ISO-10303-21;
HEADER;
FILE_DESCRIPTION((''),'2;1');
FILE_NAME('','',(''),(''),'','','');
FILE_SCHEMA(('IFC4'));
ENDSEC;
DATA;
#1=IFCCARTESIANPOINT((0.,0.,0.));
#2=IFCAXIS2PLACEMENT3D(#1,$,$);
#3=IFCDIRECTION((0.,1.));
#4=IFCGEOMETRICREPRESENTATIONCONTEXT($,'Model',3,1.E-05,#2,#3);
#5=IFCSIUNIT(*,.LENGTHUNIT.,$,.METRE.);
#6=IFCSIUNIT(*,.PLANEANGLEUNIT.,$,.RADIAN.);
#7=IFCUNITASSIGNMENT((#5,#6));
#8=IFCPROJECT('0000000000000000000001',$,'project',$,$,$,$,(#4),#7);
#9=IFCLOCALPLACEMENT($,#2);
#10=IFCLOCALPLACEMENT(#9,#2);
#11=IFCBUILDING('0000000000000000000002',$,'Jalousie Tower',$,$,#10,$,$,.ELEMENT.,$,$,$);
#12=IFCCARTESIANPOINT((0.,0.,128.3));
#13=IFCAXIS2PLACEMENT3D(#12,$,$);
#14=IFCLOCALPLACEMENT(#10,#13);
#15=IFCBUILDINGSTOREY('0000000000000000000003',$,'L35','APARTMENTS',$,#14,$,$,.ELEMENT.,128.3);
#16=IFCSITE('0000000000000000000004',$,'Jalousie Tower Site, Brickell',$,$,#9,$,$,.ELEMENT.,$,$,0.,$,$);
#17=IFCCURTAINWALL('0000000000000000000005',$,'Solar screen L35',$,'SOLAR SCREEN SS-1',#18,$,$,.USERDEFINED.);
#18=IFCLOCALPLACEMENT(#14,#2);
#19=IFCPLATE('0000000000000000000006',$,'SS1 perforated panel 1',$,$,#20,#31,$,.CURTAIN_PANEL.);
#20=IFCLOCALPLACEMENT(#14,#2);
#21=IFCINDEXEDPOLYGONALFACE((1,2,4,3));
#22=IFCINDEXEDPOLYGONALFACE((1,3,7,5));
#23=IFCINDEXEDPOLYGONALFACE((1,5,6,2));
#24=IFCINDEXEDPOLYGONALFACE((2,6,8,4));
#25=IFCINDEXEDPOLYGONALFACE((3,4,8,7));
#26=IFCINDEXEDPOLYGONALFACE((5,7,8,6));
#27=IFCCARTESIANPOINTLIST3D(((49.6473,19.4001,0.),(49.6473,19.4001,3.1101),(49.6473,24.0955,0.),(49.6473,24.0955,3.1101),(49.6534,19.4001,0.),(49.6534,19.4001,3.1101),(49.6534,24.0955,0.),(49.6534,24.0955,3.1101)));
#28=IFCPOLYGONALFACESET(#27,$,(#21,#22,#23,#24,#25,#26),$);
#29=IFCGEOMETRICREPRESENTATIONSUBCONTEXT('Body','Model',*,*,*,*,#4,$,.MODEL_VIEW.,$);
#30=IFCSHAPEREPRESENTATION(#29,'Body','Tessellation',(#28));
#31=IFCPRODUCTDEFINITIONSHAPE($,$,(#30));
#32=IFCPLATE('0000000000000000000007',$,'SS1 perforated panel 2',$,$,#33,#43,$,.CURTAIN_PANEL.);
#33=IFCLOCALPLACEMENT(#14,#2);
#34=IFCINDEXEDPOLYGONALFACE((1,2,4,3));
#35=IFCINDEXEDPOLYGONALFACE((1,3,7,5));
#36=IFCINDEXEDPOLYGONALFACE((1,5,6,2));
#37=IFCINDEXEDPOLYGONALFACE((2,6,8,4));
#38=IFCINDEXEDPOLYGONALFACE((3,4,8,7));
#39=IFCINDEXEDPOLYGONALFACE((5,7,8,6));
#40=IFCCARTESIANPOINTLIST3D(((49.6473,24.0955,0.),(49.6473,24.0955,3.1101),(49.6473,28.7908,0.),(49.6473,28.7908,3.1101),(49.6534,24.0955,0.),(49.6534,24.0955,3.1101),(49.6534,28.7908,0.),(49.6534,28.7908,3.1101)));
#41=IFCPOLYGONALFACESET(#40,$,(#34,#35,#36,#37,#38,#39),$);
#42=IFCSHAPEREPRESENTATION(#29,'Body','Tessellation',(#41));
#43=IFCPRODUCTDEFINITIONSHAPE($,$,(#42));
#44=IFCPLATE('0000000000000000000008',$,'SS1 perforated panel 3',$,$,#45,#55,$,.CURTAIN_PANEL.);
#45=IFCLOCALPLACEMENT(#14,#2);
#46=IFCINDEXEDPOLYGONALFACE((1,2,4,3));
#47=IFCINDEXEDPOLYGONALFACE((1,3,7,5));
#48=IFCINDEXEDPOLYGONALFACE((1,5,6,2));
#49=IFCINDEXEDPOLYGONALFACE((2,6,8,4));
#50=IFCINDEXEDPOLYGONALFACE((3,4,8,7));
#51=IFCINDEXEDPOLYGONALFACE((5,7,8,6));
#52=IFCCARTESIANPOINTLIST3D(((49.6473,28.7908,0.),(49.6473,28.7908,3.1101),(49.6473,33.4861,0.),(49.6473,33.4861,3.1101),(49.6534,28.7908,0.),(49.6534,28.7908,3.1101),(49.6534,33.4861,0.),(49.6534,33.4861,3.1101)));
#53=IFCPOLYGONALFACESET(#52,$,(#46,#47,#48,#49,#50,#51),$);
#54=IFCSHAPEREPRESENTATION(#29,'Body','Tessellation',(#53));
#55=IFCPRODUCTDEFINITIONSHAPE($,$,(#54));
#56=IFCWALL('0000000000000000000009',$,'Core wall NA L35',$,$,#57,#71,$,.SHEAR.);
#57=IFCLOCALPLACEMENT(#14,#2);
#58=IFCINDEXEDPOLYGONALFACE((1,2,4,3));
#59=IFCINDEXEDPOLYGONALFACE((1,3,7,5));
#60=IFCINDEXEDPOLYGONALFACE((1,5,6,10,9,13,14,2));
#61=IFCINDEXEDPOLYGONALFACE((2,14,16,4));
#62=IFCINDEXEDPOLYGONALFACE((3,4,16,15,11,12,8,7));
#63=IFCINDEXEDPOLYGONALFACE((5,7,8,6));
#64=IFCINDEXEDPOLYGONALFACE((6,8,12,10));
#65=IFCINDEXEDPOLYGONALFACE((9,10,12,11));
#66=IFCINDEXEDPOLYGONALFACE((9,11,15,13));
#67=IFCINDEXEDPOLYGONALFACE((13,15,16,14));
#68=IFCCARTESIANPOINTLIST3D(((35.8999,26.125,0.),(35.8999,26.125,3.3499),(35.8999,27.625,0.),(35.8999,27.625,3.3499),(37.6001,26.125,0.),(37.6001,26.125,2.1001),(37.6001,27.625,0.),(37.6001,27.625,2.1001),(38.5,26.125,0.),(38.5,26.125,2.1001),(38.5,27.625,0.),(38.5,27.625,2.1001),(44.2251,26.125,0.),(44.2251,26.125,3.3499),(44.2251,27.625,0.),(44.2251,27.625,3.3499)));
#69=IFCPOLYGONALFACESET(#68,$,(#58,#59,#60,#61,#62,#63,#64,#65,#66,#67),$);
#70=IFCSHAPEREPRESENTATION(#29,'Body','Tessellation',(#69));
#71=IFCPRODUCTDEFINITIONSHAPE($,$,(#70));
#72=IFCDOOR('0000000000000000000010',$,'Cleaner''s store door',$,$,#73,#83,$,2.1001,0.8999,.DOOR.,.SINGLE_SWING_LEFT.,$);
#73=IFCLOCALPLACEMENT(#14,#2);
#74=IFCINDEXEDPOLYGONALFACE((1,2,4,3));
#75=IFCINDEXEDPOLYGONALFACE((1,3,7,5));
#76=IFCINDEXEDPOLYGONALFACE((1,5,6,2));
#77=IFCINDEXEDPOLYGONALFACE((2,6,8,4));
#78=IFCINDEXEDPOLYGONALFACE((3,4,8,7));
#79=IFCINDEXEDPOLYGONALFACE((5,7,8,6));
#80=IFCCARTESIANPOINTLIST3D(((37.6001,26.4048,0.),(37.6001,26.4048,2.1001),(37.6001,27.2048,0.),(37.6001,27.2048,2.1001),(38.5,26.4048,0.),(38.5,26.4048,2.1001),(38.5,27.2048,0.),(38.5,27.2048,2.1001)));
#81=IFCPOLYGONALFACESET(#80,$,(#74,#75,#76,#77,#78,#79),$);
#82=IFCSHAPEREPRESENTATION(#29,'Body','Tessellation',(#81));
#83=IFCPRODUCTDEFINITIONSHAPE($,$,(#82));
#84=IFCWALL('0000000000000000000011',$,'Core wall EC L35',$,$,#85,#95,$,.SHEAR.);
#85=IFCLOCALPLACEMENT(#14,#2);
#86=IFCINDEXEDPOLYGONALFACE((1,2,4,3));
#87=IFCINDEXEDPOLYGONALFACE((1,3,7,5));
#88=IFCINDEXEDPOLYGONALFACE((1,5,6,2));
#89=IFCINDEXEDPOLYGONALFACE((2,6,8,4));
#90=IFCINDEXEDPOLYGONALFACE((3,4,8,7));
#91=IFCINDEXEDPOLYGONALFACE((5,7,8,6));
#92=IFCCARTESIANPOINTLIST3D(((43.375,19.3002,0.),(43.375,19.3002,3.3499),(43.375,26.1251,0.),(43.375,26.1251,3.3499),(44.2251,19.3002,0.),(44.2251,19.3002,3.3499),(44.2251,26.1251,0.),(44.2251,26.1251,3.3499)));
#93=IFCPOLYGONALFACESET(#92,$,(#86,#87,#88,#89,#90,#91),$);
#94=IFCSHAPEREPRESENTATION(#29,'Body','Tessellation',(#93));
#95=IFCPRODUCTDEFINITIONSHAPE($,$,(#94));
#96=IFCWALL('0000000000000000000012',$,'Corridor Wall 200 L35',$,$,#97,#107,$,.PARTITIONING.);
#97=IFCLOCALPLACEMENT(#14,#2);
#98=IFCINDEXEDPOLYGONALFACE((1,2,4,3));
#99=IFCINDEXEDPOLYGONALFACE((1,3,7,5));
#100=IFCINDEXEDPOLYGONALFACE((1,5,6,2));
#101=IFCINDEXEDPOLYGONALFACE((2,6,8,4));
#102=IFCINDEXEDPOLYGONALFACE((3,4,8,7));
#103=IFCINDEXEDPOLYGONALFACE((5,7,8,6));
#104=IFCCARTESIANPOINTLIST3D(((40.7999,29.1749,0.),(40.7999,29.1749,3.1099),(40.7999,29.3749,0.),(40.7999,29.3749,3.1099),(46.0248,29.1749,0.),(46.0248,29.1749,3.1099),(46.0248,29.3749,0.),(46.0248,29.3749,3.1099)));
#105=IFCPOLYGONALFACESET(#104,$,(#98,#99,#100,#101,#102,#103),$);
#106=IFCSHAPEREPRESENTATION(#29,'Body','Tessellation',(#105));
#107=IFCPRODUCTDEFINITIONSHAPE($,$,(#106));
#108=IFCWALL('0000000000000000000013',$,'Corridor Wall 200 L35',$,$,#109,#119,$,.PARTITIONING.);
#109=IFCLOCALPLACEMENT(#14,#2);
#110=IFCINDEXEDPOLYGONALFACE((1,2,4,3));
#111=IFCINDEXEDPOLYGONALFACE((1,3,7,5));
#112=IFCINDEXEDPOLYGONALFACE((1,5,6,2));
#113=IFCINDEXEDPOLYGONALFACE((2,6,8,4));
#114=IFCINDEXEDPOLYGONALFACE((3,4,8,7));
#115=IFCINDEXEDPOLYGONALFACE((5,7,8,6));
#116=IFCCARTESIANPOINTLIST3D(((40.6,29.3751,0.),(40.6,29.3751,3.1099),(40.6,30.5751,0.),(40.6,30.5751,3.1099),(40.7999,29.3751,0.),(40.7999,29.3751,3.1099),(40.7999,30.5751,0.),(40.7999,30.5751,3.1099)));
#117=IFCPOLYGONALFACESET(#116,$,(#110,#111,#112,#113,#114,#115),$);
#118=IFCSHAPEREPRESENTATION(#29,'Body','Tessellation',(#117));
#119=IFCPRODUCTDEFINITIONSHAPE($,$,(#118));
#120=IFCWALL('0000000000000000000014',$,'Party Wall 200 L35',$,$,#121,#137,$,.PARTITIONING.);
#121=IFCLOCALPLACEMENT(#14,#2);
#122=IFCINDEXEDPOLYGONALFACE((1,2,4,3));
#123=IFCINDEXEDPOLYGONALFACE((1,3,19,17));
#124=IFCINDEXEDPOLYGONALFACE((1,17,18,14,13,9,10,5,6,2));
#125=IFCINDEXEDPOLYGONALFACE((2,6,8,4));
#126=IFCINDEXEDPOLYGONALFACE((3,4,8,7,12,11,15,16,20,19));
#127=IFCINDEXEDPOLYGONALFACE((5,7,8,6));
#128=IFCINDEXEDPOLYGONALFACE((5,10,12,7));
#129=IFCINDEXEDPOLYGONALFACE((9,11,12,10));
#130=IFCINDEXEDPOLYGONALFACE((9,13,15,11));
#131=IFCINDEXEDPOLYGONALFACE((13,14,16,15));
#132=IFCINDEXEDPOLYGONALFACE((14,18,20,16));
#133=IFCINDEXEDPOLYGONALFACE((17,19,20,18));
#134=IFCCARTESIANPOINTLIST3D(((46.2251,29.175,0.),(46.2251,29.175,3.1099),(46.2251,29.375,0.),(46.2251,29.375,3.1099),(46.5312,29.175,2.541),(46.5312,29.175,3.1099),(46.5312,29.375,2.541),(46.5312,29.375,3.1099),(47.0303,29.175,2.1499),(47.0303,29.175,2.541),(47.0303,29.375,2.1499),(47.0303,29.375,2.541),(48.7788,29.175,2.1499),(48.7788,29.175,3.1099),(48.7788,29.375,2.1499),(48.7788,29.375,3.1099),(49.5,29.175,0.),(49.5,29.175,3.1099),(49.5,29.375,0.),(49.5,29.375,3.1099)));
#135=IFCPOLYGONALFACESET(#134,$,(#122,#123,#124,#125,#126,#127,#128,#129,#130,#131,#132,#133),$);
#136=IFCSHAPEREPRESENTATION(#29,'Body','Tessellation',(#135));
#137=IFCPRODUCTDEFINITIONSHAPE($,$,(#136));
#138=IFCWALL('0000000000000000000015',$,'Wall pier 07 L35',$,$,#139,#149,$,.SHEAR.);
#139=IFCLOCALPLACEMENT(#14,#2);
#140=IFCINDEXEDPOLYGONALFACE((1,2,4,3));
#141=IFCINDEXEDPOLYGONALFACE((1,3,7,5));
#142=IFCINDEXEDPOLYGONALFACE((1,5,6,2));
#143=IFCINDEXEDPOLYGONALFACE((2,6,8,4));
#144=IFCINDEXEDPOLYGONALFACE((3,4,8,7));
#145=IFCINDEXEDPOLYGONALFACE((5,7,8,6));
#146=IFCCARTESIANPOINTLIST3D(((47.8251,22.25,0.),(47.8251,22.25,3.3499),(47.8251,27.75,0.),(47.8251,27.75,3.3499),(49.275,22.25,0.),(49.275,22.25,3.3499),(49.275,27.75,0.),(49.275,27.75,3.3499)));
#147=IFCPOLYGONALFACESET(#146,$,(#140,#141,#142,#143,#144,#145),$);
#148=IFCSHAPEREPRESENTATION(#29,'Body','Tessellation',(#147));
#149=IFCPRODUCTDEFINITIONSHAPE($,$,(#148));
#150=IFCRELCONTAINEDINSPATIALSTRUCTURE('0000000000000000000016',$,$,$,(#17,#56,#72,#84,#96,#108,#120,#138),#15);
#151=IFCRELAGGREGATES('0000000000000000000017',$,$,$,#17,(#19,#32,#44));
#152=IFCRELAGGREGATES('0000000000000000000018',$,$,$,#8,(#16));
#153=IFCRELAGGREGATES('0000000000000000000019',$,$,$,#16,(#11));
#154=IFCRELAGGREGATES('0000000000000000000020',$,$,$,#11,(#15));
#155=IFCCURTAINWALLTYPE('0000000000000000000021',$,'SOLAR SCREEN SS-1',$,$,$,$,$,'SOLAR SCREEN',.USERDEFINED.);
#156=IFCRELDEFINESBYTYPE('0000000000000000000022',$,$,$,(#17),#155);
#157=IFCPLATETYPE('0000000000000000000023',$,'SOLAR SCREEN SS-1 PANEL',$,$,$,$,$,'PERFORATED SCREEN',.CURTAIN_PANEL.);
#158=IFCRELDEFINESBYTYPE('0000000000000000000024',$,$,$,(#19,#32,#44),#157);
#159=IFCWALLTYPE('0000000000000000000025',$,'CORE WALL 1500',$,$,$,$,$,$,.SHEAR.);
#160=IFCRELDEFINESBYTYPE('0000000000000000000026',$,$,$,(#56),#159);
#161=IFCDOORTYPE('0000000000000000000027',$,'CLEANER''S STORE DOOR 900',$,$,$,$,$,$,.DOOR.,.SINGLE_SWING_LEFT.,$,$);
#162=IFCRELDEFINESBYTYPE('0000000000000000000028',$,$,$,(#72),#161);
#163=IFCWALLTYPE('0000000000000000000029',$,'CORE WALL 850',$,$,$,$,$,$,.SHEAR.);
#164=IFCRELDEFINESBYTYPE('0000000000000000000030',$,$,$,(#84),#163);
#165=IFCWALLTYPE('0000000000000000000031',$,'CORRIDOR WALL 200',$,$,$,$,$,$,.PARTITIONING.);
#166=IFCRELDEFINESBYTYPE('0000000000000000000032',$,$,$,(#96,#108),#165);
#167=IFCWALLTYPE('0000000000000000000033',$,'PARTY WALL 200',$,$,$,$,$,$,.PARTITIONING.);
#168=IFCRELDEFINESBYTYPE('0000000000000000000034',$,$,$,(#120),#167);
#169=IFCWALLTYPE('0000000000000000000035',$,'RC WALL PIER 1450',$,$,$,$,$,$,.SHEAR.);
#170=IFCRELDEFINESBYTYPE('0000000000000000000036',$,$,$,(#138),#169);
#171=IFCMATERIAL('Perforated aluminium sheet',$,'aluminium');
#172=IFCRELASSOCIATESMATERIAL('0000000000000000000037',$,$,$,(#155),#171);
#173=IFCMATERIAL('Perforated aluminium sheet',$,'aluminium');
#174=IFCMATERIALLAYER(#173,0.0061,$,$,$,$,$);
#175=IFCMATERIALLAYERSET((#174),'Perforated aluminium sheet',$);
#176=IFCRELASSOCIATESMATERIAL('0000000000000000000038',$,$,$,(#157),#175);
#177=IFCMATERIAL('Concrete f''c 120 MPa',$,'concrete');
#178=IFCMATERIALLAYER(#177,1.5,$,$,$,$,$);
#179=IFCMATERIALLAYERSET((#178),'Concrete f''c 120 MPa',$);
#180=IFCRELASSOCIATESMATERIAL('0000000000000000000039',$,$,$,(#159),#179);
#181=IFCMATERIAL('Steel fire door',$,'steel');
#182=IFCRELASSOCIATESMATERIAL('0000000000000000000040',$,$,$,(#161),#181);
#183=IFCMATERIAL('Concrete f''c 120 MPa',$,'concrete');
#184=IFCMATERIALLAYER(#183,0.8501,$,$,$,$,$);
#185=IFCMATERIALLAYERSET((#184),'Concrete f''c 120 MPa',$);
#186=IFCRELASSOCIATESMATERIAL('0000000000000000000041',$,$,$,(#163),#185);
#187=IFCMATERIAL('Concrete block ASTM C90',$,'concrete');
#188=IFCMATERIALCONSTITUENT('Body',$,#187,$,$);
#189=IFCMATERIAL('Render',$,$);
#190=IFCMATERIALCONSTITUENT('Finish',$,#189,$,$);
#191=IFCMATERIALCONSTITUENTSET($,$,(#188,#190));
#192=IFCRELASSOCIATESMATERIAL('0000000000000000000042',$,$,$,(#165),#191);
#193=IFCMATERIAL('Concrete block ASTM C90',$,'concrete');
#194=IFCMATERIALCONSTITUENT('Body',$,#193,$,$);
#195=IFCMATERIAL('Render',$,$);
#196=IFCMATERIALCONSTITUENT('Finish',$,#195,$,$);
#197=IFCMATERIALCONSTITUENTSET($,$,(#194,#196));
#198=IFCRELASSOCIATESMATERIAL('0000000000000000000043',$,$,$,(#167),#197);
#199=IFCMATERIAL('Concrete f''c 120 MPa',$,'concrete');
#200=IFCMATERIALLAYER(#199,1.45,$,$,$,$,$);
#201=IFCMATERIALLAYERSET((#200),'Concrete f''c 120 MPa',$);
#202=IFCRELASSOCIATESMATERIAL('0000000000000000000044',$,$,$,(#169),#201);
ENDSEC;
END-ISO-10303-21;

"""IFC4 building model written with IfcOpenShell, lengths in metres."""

from ifc_helpers import new_model, si_unit, direction, frame, frame_2d, origin, origin_2d, place, context, subcontext, project, spatial, polyline, rectangle, outline, extrude, material, layer, layer_set, constituent, constituent_set, type_object, element, fill, aggregate, save


model = new_model("IFC4")

# Units and contexts
model_context = context("Model", 3, precision=1e-05, world=origin(), true_north=direction((0.0, 1.0)))
body_context = subcontext(model_context, "Body", "Model", "MODEL_VIEW")
ifc_project = project(units=[si_unit("LENGTHUNIT", "METRE"), si_unit("PLANEANGLEUNIT", "RADIAN")], contexts=[model_context])

# Site, building, storey
site_placement = place(None, origin())
site = spatial("IfcSite", under=ifc_project, at=site_placement, Name="Jalousie Tower Site, Brickell", CompositionType="ELEMENT", RefElevation=0.0)
building_placement = place(site_placement, origin())
building = spatial("IfcBuilding", under=site, at=building_placement, Name="Jalousie Tower", CompositionType="ELEMENT")
storey_placement = place(building_placement, frame((0.0, 0.0, 128.3)))
storey = spatial("IfcBuildingStorey", under=building, at=storey_placement, Name="L35", Description="APARTMENTS", CompositionType="ELEMENT", Elevation=128.3)

# Curtain wall, plates
ifc_material_1 = material(Name="Perforated aluminium sheet", Category="aluminium")
curtain_wall_type = type_object("IfcCurtainWallType", Name="SOLAR SCREEN SS-1", ElementType="SOLAR SCREEN", PredefinedType="USERDEFINED", material=ifc_material_1)
curtain_wall_placement = place(storey_placement, origin())
curtain_wall = element("IfcCurtainWall", 1, at=curtain_wall_placement, inside=storey, type_object=curtain_wall_type, Name="Solar screen L35", ObjectType="SOLAR SCREEN SS-1", PredefinedType="USERDEFINED")
ifc_material_2 = material(Name="Perforated aluminium sheet", Category="aluminium")
ifc_layer_1 = layer(ifc_material_2, 0.0061)
ifc_layer_set_1 = layer_set([ifc_layer_1], Name="Perforated aluminium sheet")
plate_type = type_object("IfcPlateType", Name="SOLAR SCREEN SS-1 PANEL", ElementType="PERFORATED SCREEN", PredefinedType="CURTAIN_PANEL", material=ifc_layer_set_1)
plate_1_placement = place(storey_placement, frame((49.6504, 21.7478, 0.0), z_axis=(0.0, 0.0, 1.0), x_axis=(0.0, 1.0, 0.0)))
plate_1 = element("IfcPlate", 2, at=plate_1_placement, type_object=plate_type, Name="SS1 perforated panel 1", PredefinedType="CURTAIN_PANEL", context=body_context, shape_type="SweptSolid", body=[
    extrude(rectangle(XDim=4.6953, YDim=0.0061, at=origin_2d()), origin(), (0.0, 0.0, 1.0), 3.1101),
])
plate_2_placement = place(storey_placement, frame((49.6504, 26.4431, 0.0), z_axis=(0.0, 0.0, 1.0), x_axis=(0.0, 1.0, 0.0)))
plate_2 = element("IfcPlate", 3, at=plate_2_placement, type_object=plate_type, Name="SS1 perforated panel 2", PredefinedType="CURTAIN_PANEL", context=body_context, shape_type="SweptSolid", body=[
    extrude(rectangle(XDim=4.6953, YDim=0.0061, at=origin_2d()), origin(), (0.0, 0.0, 1.0), 3.1101),
])
plate_3_placement = place(storey_placement, frame((49.6504, 31.1384, 0.0), z_axis=(0.0, 0.0, 1.0), x_axis=(0.0, 1.0, 0.0)))
plate_3 = element("IfcPlate", 4, at=plate_3_placement, type_object=plate_type, Name="SS1 perforated panel 3", PredefinedType="CURTAIN_PANEL", context=body_context, shape_type="SweptSolid", body=[
    extrude(rectangle(XDim=4.6953, YDim=0.0061, at=origin_2d()), origin(), (0.0, 0.0, 1.0), 3.1101),
])
aggregate(curtain_wall, [plate_1, plate_2, plate_3])

# Wall, opening, door
ifc_material_3 = material(Name="Concrete f'c 120 MPa", Category="concrete")
ifc_layer_2 = layer(ifc_material_3, 1.5)
ifc_layer_set_2 = layer_set([ifc_layer_2], Name="Concrete f'c 120 MPa")
wall_type_1 = type_object("IfcWallType", Name="CORE WALL 1500", PredefinedType="SHEAR", material=ifc_layer_set_2)
wall_1_placement = place(storey_placement, frame((44.2251, 26.875, 0.0), z_axis=(0.0, 0.0, 1.0), x_axis=(-1.0, 0.0, 0.0)))
wall_1 = element("IfcWall", 5, at=wall_1_placement, inside=storey, type_object=wall_type_1, Name="Core wall NA L35", PredefinedType="SHEAR", context=body_context, shape_type="SweptSolid", body=[
    extrude(rectangle(XDim=8.3252, YDim=1.5, at=frame_2d((4.1626, 0.0))), origin(), (0.0, 0.0, 1.0), 3.3499),
])
opening_placement = place(wall_1_placement, frame((5.7251, 0.0, 0.0)))
opening = element("IfcOpeningElement", 6, at=opening_placement, cuts=wall_1, PredefinedType="OPENING", context=body_context, shape_type="SweptSolid", body=[
    extrude(rectangle(XDim=0.8999, YDim=2.1001, at=frame_2d((0.45, 1.05))), frame((0.0, 0.76, 0.0), z_axis=(0.0, -1.0, 0.0), x_axis=(1.0, 0.0, 0.0)), (0.0, 0.0, 1.0), 1.52),
])
ifc_material_4 = material(Name="Steel fire door", Category="steel")
door_type = type_object("IfcDoorType", Name="CLEANER'S STORE DOOR 900", OperationType="SINGLE_SWING_LEFT", PredefinedType="DOOR", material=ifc_material_4)
door_placement = place(opening_placement, origin())
door = element("IfcDoor", 7, at=door_placement, inside=storey, type_object=door_type, Name="Cleaner's store door", OperationType="SINGLE_SWING_LEFT", OverallHeight=2.1001, OverallWidth=0.8999, PredefinedType="DOOR", context=body_context, shape_type="SweptSolid", body=[
    extrude(rectangle(XDim=0.8999, YDim=2.1001, at=frame_2d((0.45, 1.05))), frame((0.0, 0.4702, 0.0), z_axis=(0.0, -1.0, 0.0), x_axis=(1.0, 0.0, 0.0)), (0.0, 0.0, 1.0), 0.8),
])
fill(opening, door)

# Walls
ifc_material_5 = material(Name="Concrete f'c 120 MPa", Category="concrete")
ifc_layer_3 = layer(ifc_material_5, 0.8501)
ifc_layer_set_3 = layer_set([ifc_layer_3], Name="Concrete f'c 120 MPa")
wall_type_2 = type_object("IfcWallType", Name="CORE WALL 850", PredefinedType="SHEAR", material=ifc_layer_set_3)
wall_2_placement = place(storey_placement, frame((43.8, 19.3, 0.0), z_axis=(0.0, 0.0, 1.0), x_axis=(0.0, 1.0, 0.0)))
element("IfcWall", 8, at=wall_2_placement, inside=storey, type_object=wall_type_2, Name="Core wall EC L35", PredefinedType="SHEAR", context=body_context, shape_type="SweptSolid", body=[
    extrude(rectangle(XDim=6.825, YDim=0.8501, at=frame_2d((3.4126, 0.0))), origin(), (0.0, 0.0, 1.0), 3.3499),
])
ifc_material_6 = material(Name="Concrete block ASTM C90", Category="concrete")
ifc_constituent_1 = constituent(ifc_material_6, Name="Body")
ifc_material_7 = material(Name="Render")
ifc_constituent_2 = constituent(ifc_material_7, Name="Finish")
ifc_constituent_set_1 = constituent_set(constituents=[ifc_constituent_1, ifc_constituent_2])
wall_type_3 = type_object("IfcWallType", Name="CORRIDOR WALL 200", PredefinedType="PARTITIONING", material=ifc_constituent_set_1)
wall_3_placement = place(storey_placement, frame((40.8, 29.2749, 0.0), z_axis=(0.0, 0.0, 1.0), x_axis=(1.0, 0.0, 0.0)))
element("IfcWall", 9, at=wall_3_placement, inside=storey, type_object=wall_type_3, Name="Corridor Wall 200 L35", PredefinedType="PARTITIONING", context=body_context, shape_type="SweptSolid", body=[
    extrude(rectangle(XDim=5.2249, YDim=0.2, at=frame_2d((2.6123, 0.0))), origin(), (0.0, 0.0, 1.0), 3.1099),
])
wall_4_placement = place(storey_placement, frame((40.7, 29.375, 0.0), z_axis=(0.0, 0.0, 1.0), x_axis=(0.0, 1.0, 0.0)))
element("IfcWall", 10, at=wall_4_placement, inside=storey, type_object=wall_type_3, Name="Corridor Wall 200 L35", PredefinedType="PARTITIONING", context=body_context, shape_type="SweptSolid", body=[
    extrude(rectangle(XDim=1.2, YDim=0.2, at=frame_2d((0.6001, 0.0))), origin(), (0.0, 0.0, 1.0), 3.1099),
])
ifc_material_8 = material(Name="Concrete block ASTM C90", Category="concrete")
ifc_constituent_3 = constituent(ifc_material_8, Name="Body")
ifc_material_9 = material(Name="Render")
ifc_constituent_4 = constituent(ifc_material_9, Name="Finish")
ifc_constituent_set_2 = constituent_set(constituents=[ifc_constituent_3, ifc_constituent_4])
wall_type_4 = type_object("IfcWallType", Name="PARTY WALL 200", PredefinedType="PARTITIONING", material=ifc_constituent_set_2)
wall_5_placement = place(storey_placement, frame((46.2251, 29.2749, 0.0), z_axis=(0.0, 0.0, 1.0), x_axis=(1.0, 0.0, 0.0)))
element("IfcWall", 11, at=wall_5_placement, inside=storey, type_object=wall_type_4, Name="Party Wall 200 L35", PredefinedType="PARTITIONING", context=body_context, shape_type="SweptSolid", body=[
    extrude(outline(polyline([(0.0, 0.0), (3.2749, 0.0), (3.2749, 3.1099), (2.5537, 3.1099), (2.5537, 2.1499), (0.8052, 2.1499), (0.8052, 2.541), (0.3062, 2.541), (0.3062, 3.1099), (0.0, 3.1099), (0.0, 0.0)])), frame((0.0, 0.1001, 0.0), z_axis=(0.0, -1.0, 0.0), x_axis=(1.0, 0.0, 0.0)), (0.0, 0.0, 1.0), 0.2),
])
ifc_material_10 = material(Name="Concrete f'c 120 MPa", Category="concrete")
ifc_layer_4 = layer(ifc_material_10, 1.45)
ifc_layer_set_4 = layer_set([ifc_layer_4], Name="Concrete f'c 120 MPa")
wall_type_5 = type_object("IfcWallType", Name="RC WALL PIER 1450", PredefinedType="SHEAR", material=ifc_layer_set_4)
wall_6_placement = place(storey_placement, frame((48.55, 22.25, 0.0), z_axis=(0.0, 0.0, 1.0), x_axis=(0.0, 1.0, 0.0)))
element("IfcWall", 12, at=wall_6_placement, inside=storey, type_object=wall_type_5, Name="Wall pier 07 L35", PredefinedType="SHEAR", context=body_context, shape_type="SweptSolid", body=[
    extrude(rectangle(XDim=5.5, YDim=1.45, at=frame_2d((2.75, 0.0))), origin(), (0.0, 0.0, 1.0), 3.3499),
])

save(model, "model.ifc")
